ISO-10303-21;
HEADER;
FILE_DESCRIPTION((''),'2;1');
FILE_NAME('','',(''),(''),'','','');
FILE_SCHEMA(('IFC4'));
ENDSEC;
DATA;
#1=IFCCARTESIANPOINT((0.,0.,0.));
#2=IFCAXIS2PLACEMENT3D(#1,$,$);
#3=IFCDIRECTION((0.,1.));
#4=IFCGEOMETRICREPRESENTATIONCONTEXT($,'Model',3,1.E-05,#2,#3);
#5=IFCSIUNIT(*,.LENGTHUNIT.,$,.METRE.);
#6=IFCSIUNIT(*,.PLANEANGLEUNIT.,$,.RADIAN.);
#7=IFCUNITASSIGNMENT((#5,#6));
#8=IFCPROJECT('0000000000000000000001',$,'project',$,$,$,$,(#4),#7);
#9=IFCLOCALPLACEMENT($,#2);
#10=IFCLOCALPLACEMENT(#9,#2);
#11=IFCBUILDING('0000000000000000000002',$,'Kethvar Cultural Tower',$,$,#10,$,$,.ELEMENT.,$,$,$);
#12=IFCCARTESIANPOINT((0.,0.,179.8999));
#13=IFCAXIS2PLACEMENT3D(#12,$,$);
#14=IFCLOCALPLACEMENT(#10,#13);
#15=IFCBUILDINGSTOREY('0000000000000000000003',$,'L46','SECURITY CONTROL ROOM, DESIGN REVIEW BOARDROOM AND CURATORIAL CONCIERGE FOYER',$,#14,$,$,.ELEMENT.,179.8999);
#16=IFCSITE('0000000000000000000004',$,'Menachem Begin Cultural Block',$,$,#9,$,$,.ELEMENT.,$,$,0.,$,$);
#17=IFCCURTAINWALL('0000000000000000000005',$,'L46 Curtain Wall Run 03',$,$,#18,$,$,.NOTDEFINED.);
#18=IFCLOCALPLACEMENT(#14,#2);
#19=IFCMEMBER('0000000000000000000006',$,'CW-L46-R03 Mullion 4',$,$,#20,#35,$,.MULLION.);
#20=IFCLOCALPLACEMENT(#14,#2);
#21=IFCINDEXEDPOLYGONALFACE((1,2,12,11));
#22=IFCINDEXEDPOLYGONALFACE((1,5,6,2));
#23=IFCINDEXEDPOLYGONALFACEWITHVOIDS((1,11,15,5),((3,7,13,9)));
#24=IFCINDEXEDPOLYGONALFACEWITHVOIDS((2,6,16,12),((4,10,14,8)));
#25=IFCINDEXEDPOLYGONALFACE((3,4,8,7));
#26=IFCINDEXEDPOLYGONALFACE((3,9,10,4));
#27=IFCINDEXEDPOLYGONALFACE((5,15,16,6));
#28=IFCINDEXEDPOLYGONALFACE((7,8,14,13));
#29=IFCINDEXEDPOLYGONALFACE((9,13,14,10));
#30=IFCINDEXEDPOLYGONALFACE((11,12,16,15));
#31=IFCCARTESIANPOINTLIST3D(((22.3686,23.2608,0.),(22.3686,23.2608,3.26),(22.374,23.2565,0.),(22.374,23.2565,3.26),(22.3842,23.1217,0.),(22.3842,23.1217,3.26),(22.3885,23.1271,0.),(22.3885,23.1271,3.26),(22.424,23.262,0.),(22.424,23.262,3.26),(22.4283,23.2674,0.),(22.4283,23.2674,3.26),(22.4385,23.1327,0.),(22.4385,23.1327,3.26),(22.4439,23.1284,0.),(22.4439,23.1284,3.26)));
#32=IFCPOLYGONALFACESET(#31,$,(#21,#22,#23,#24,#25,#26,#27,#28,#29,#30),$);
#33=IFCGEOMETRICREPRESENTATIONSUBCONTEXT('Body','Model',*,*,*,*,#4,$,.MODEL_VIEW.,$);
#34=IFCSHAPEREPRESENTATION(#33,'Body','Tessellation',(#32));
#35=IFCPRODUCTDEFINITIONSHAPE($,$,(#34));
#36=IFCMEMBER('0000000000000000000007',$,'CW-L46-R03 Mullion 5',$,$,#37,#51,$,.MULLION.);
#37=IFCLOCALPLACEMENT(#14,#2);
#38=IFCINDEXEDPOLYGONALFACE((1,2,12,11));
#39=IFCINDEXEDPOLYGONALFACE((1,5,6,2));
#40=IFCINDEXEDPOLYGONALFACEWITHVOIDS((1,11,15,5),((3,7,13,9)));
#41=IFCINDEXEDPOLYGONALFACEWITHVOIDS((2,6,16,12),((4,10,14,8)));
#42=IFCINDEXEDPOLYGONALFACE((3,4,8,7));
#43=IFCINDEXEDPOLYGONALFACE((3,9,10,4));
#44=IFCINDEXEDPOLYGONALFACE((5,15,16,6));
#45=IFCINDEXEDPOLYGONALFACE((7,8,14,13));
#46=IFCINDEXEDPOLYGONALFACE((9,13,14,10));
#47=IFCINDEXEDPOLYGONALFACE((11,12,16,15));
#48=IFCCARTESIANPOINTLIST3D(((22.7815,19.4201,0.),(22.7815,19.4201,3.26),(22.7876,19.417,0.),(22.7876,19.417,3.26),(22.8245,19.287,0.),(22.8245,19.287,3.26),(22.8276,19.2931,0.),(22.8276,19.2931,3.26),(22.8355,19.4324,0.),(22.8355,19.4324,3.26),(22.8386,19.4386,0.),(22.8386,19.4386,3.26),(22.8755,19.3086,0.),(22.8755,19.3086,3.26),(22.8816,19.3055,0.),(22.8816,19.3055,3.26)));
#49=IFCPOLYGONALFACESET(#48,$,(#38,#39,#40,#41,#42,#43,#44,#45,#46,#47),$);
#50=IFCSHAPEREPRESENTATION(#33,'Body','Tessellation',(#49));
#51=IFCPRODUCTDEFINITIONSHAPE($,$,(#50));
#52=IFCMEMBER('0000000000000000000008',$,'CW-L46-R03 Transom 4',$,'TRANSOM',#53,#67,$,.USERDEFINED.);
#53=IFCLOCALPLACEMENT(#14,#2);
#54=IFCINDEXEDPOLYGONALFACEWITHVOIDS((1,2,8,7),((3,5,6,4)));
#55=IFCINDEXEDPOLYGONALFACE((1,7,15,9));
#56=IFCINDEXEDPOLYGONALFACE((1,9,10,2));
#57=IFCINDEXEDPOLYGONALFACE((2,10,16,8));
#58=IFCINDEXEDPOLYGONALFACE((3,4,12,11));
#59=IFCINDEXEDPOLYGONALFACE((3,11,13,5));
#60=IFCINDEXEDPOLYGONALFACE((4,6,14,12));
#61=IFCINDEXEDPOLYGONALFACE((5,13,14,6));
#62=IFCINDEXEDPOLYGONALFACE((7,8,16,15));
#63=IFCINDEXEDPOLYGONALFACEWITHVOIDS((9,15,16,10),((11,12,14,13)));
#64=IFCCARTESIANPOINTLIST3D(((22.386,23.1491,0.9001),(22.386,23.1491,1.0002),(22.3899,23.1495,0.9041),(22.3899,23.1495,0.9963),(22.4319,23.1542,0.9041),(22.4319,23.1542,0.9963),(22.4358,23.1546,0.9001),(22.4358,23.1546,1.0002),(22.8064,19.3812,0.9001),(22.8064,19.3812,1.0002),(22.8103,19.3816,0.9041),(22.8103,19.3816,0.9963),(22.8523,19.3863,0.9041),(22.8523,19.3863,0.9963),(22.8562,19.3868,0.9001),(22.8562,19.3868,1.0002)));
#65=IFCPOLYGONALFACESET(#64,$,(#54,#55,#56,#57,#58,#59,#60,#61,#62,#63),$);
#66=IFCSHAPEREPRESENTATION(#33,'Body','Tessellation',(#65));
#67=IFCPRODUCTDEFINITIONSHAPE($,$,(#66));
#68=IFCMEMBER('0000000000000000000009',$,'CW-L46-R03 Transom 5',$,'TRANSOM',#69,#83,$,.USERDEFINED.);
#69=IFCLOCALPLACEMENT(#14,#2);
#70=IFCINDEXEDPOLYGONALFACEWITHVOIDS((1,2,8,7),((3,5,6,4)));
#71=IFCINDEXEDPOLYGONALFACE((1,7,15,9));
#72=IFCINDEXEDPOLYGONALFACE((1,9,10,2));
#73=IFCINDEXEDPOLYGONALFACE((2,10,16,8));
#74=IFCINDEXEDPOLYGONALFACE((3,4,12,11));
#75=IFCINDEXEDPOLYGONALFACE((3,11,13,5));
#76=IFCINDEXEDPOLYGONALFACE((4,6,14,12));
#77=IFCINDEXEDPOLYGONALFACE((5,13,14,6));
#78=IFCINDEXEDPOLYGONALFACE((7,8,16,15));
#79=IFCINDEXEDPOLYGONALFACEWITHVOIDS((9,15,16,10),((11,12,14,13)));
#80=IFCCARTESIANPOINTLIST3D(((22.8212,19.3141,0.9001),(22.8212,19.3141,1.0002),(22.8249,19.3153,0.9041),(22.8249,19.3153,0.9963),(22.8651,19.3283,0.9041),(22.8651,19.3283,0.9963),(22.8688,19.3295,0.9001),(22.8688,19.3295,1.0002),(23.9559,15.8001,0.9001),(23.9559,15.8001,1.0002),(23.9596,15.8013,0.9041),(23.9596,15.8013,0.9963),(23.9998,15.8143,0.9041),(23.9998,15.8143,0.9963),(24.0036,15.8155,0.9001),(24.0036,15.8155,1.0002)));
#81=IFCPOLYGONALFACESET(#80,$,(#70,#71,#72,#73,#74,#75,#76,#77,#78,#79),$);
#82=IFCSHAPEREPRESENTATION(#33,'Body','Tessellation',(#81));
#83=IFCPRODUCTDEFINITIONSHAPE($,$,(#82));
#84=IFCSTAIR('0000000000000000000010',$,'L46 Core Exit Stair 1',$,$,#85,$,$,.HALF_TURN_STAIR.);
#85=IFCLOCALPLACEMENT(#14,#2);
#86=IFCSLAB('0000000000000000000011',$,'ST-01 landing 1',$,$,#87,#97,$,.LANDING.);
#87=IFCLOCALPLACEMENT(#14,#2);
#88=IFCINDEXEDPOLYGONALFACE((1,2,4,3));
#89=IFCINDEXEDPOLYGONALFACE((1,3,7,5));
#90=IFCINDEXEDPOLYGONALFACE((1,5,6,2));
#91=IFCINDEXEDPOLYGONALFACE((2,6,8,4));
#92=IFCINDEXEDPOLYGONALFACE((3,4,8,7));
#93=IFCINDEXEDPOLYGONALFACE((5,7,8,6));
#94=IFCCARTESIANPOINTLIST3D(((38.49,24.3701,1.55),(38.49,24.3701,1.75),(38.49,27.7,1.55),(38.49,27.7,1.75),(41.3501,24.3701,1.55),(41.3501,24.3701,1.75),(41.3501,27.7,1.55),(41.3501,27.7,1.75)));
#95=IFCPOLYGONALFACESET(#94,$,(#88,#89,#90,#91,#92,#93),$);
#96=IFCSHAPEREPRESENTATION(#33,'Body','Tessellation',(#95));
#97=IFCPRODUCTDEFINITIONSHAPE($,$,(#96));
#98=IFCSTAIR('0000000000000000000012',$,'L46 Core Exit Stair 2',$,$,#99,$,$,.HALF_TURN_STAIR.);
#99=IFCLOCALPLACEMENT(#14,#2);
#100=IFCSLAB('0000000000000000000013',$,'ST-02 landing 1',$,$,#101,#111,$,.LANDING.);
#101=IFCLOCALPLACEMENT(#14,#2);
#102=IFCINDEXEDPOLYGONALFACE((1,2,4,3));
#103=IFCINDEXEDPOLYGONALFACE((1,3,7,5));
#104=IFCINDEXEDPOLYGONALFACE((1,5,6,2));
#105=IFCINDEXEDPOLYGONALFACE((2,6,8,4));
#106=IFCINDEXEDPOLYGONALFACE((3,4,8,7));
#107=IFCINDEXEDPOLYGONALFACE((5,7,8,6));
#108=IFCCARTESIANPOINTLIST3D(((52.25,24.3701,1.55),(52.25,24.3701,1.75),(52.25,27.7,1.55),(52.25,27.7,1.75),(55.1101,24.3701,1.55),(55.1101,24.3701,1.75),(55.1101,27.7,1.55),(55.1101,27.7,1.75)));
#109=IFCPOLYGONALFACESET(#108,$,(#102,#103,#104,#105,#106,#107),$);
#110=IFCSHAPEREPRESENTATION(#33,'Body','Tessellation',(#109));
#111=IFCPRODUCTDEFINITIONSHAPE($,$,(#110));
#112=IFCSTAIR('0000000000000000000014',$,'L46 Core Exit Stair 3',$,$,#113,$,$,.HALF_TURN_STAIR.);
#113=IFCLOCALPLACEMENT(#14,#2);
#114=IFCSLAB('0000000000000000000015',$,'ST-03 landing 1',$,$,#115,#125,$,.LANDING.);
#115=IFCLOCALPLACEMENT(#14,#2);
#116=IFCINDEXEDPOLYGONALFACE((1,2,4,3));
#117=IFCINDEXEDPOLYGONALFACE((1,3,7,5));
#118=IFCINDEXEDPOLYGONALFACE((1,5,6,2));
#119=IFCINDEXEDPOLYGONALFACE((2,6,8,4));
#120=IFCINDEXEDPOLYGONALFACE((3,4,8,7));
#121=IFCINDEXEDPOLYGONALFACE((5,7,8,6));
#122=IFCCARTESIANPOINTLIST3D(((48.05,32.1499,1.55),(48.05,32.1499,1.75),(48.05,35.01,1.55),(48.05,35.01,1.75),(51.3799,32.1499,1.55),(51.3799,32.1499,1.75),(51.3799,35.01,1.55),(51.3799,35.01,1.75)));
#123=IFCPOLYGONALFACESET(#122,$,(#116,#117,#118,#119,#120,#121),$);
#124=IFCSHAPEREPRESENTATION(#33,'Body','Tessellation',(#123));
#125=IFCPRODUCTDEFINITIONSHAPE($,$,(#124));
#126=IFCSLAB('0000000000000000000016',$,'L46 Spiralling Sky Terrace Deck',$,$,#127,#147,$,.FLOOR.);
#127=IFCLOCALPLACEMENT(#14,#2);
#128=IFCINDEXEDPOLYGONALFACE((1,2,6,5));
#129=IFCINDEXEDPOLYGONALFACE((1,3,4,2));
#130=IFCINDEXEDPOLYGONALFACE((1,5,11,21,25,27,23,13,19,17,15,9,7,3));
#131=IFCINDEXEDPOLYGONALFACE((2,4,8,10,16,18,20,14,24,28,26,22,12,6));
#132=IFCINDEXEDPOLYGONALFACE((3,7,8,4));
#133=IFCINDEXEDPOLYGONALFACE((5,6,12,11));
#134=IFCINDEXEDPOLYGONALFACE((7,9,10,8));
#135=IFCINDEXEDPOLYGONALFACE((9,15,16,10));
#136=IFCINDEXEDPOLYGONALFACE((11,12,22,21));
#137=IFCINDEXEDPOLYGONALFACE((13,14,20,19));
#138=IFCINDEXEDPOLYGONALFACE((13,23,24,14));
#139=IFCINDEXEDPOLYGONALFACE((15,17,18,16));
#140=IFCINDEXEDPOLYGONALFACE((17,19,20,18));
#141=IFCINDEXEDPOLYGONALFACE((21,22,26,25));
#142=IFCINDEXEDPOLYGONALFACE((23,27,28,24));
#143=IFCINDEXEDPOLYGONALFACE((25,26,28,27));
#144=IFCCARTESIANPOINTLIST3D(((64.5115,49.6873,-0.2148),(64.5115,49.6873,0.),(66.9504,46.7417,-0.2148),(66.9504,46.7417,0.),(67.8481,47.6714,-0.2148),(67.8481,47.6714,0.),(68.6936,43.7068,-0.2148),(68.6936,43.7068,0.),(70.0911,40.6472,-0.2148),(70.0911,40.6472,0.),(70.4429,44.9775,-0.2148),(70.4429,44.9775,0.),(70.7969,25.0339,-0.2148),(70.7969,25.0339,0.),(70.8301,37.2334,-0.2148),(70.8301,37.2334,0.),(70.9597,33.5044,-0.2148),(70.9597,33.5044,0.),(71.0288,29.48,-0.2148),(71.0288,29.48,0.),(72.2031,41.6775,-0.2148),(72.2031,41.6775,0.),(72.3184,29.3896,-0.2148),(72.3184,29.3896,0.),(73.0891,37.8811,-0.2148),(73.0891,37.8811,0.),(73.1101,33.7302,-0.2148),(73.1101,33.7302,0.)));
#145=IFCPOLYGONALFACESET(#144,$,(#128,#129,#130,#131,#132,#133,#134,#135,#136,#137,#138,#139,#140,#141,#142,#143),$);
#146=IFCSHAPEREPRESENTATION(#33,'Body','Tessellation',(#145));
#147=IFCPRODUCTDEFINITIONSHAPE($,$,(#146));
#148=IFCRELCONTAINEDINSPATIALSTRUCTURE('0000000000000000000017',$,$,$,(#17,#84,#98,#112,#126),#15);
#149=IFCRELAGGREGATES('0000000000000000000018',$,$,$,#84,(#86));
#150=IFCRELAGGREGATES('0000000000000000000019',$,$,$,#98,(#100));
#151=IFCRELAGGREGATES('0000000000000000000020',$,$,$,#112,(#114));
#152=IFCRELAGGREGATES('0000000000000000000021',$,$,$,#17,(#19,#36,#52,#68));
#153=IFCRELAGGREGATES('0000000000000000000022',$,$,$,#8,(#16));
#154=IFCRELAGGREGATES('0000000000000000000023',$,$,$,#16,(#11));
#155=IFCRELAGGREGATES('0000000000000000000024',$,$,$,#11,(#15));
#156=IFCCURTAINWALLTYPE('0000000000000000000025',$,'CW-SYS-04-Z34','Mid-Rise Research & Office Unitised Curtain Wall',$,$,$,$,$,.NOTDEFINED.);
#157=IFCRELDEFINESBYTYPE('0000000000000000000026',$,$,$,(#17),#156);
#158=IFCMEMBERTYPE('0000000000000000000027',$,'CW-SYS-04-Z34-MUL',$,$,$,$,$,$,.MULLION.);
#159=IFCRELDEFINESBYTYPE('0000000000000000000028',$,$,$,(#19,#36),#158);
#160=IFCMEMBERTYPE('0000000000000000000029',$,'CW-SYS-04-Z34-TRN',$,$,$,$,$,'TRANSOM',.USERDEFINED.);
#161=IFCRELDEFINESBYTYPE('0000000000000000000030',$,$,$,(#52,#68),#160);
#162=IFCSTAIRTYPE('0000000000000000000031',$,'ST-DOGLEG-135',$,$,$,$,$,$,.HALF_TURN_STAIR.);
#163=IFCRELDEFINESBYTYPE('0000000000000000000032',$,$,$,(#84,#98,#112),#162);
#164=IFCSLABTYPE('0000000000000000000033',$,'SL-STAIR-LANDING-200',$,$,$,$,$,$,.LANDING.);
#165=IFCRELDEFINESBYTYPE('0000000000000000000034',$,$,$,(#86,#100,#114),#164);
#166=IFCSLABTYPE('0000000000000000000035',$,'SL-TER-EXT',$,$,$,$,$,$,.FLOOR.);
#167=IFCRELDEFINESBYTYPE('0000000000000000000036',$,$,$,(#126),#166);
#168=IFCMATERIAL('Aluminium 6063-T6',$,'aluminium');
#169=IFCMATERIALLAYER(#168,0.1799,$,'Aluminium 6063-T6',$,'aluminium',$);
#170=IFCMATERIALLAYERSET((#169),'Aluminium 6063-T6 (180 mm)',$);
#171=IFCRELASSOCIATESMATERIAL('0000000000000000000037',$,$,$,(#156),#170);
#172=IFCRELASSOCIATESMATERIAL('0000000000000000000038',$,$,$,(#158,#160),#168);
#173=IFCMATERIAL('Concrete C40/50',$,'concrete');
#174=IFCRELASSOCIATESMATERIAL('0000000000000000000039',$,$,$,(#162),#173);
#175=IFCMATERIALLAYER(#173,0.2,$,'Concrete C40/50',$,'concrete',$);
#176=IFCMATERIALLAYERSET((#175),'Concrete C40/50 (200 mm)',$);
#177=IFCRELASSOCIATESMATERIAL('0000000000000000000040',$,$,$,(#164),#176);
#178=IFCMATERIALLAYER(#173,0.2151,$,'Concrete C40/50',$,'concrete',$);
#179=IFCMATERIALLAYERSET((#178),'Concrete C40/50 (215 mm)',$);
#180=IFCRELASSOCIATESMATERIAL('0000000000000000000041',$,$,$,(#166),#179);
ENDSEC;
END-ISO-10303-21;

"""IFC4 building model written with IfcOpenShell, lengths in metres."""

from ifc_helpers import new_model, si_unit, direction, frame, origin, origin_2d, place, context, subcontext, project, spatial, polyline, hollow_rectangle, outline, extrude, source, transform, mapped, material, layer, layer_set, material_profile, profile_set, type_object, element, aggregate, save


model = new_model("IFC4")

# Units and contexts
model_context = context("Model", 3, precision=1e-05, world=origin(), true_north=direction((0.0, 1.0)))
body_context = subcontext(model_context, "Body", "Model", "MODEL_VIEW")
ifc_project = project(units=[si_unit("LENGTHUNIT", "METRE"), si_unit("PLANEANGLEUNIT", "RADIAN")], contexts=[model_context])

# Site, building, storey
site_placement = place(None, origin())
site = spatial("IfcSite", under=ifc_project, at=site_placement, Name="Menachem Begin Cultural Block", CompositionType="ELEMENT", RefElevation=0.0)
building_placement = place(site_placement, origin())
building = spatial("IfcBuilding", under=site, at=building_placement, Name="Kethvar Cultural Tower", CompositionType="ELEMENT")
storey_placement = place(building_placement, frame((0.0, 0.0, 179.8999)))
storey = spatial("IfcBuildingStorey", under=building, at=storey_placement, Name="L46", Description="SECURITY CONTROL ROOM, DESIGN REVIEW BOARDROOM AND CURATORIAL CONCIERGE FOYER", CompositionType="ELEMENT", Elevation=179.8999)

# Curtain wall, members
ifc_material_1 = material(Name="Aluminium 6063-T6", Category="aluminium")
ifc_layer_1 = layer(ifc_material_1, 0.1799, Name="Aluminium 6063-T6", Category="aluminium")
ifc_layer_set_1 = layer_set([ifc_layer_1], Name="Aluminium 6063-T6 (180 mm)")
curtain_wall_type = type_object("IfcCurtainWallType", Name="CW-SYS-04-Z34", Description="Mid-Rise Research & Office Unitised Curtain Wall", PredefinedType="NOTDEFINED", material=ifc_layer_set_1)
curtain_wall_placement = place(storey_placement, origin())
curtain_wall = element("IfcCurtainWall", 1, at=curtain_wall_placement, inside=storey, type_object=curtain_wall_type, Name="L46 Curtain Wall Run 03", PredefinedType="NOTDEFINED")
ifc_material_profile_1 = material_profile(ifc_material_1, hollow_rectangle(XDim=0.0601, YDim=0.1399, WallThickness=0.0049, at=origin_2d()), Name="Aluminium 6063-T6 — RHS140x60x5")
ifc_profile_set_1 = profile_set([ifc_material_profile_1], Name="Aluminium 6063-T6 — RHS140x60x5")
member_type_1 = type_object("IfcMemberType", Name="CW-SYS-04-Z34-MUL", PredefinedType="MULLION", material=ifc_profile_set_1)
shared_shape_1 = source(origin(), body_context, "Body", "SweptSolid", [
    extrude(hollow_rectangle(XDim=0.0601, YDim=0.1399, WallThickness=0.0049, at=origin_2d()), origin(), (0.0, 0.0, 1.0), 3.26),
])
member_1_placement = place(storey_placement, frame((22.4062, 23.1946, 0.0), z_axis=(0.0, 0.0, 1.0), x_axis=(0.993832, 0.110897, 0.0)))
member_1 = element("IfcMember", 2, at=member_1_placement, type_object=member_type_1, Name="CW-L46-R03 Mullion 4", PredefinedType="MULLION", context=body_context, shape_type="MappedRepresentation", body=[
    mapped(shared_shape_1, transform((0.0, 0.0, 0.0), scale=1.0)),
])
member_2_placement = place(storey_placement, frame((22.8315, 19.3628, 0.0), z_axis=(0.0, 0.0, 1.0), x_axis=(0.951594, 0.307357, 0.0)))
member_2 = element("IfcMember", 3, at=member_2_placement, type_object=member_type_1, Name="CW-L46-R03 Mullion 5", PredefinedType="MULLION", context=body_context, shape_type="MappedRepresentation", body=[
    mapped(shared_shape_1, transform((0.0, 0.0, 0.0), scale=1.0)),
])
ifc_material_profile_2 = material_profile(ifc_material_1, hollow_rectangle(XDim=0.05, YDim=0.1001, WallThickness=0.0039, at=origin_2d()), Name="Aluminium 6063-T6 — RHS100x50x4")
ifc_profile_set_2 = profile_set([ifc_material_profile_2], Name="Aluminium 6063-T6 — RHS100x50x4")
member_type_2 = type_object("IfcMemberType", Name="CW-SYS-04-Z34-TRN", ElementType="TRANSOM", PredefinedType="USERDEFINED", material=ifc_profile_set_2)
shared_shape_2 = source(origin(), body_context, "Body", "SweptSolid", [
    extrude(hollow_rectangle(XDim=0.05, YDim=0.1001, WallThickness=0.0039, at=origin_2d()), origin(), (0.0, 0.0, 1.0), 3.7913),
])
member_3_placement = place(storey_placement, frame((22.4109, 23.1519, 0.9502), z_axis=(0.110891, -0.993833, 0.0), x_axis=(0.993833, 0.110891, 0.0)))
member_3 = element("IfcMember", 4, at=member_3_placement, type_object=member_type_2, Name="CW-L46-R03 Transom 4", ObjectType="TRANSOM", PredefinedType="USERDEFINED", context=body_context, shape_type="MappedRepresentation", body=[
    mapped(shared_shape_2, transform((0.0, 0.0, 0.0), scale=1.0)),
])
shared_shape_3 = source(origin(), body_context, "Body", "SweptSolid", [
    extrude(hollow_rectangle(XDim=0.05, YDim=0.1001, WallThickness=0.0039, at=origin_2d()), origin(), (0.0, 0.0, 1.0), 3.6926),
])
member_4_placement = place(storey_placement, frame((22.845, 19.3218, 0.9502), z_axis=(0.307308, -0.95161, 0.0), x_axis=(0.95161, 0.307308, 0.0)))
member_4 = element("IfcMember", 5, at=member_4_placement, type_object=member_type_2, Name="CW-L46-R03 Transom 5", ObjectType="TRANSOM", PredefinedType="USERDEFINED", context=body_context, shape_type="MappedRepresentation", body=[
    mapped(shared_shape_3, transform((0.0, 0.0, 0.0), scale=1.0)),
])

# Stairs, slabs
ifc_material_2 = material(Name="Concrete C40/50", Category="concrete")
stair_type = type_object("IfcStairType", Name="ST-DOGLEG-135", PredefinedType="HALF_TURN_STAIR", material=ifc_material_2)
stair_1_placement = place(storey_placement, origin())
stair_1 = element("IfcStair", 6, at=stair_1_placement, inside=storey, type_object=stair_type, Name="L46 Core Exit Stair 1", PredefinedType="HALF_TURN_STAIR")
ifc_layer_2 = layer(ifc_material_2, 0.2, Name="Concrete C40/50", Category="concrete")
ifc_layer_set_2 = layer_set([ifc_layer_2], Name="Concrete C40/50 (200 mm)")
slab_type_1 = type_object("IfcSlabType", Name="SL-STAIR-LANDING-200", PredefinedType="LANDING", material=ifc_layer_set_2)
slab_1_placement = place(storey_placement, frame((0.0, 0.0, 1.55)))
slab_1 = element("IfcSlab", 7, at=slab_1_placement, type_object=slab_type_1, Name="ST-01 landing 1", PredefinedType="LANDING", context=body_context, shape_type="SweptSolid", body=[
    extrude(outline(polyline([(41.3501, 24.3701), (41.3501, 27.7), (38.49, 27.7), (38.49, 24.3701), (41.3501, 24.3701)])), origin(), (0.0, 0.0, 1.0), 0.2),
])
aggregate(stair_1, [slab_1])
stair_2_placement = place(storey_placement, origin())
stair_2 = element("IfcStair", 8, at=stair_2_placement, inside=storey, type_object=stair_type, Name="L46 Core Exit Stair 2", PredefinedType="HALF_TURN_STAIR")
slab_2_placement = place(storey_placement, frame((0.0, 0.0, 1.55)))
slab_2 = element("IfcSlab", 9, at=slab_2_placement, type_object=slab_type_1, Name="ST-02 landing 1", PredefinedType="LANDING", context=body_context, shape_type="SweptSolid", body=[
    extrude(outline(polyline([(55.1101, 24.3701), (55.1101, 27.7), (52.25, 27.7), (52.25, 24.3701), (55.1101, 24.3701)])), origin(), (0.0, 0.0, 1.0), 0.2),
])
aggregate(stair_2, [slab_2])
stair_3_placement = place(storey_placement, origin())
stair_3 = element("IfcStair", 10, at=stair_3_placement, inside=storey, type_object=stair_type, Name="L46 Core Exit Stair 3", PredefinedType="HALF_TURN_STAIR")
slab_3_placement = place(storey_placement, frame((0.0, 0.0, 1.55)))
slab_3 = element("IfcSlab", 11, at=slab_3_placement, type_object=slab_type_1, Name="ST-03 landing 1", PredefinedType="LANDING", context=body_context, shape_type="SweptSolid", body=[
    extrude(outline(polyline([(51.3799, 35.01), (48.05, 35.01), (48.05, 32.1499), (51.3799, 32.1499), (51.3799, 35.01)])), origin(), (0.0, 0.0, 1.0), 0.2),
])
aggregate(stair_3, [slab_3])

# Slab
ifc_layer_3 = layer(ifc_material_2, 0.2151, Name="Concrete C40/50", Category="concrete")
ifc_layer_set_3 = layer_set([ifc_layer_3], Name="Concrete C40/50 (215 mm)")
slab_type_2 = type_object("IfcSlabType", Name="SL-TER-EXT", PredefinedType="FLOOR", material=ifc_layer_set_3)
slab_4_placement = place(storey_placement, frame((0.0, 0.0, -0.2148)))
element("IfcSlab", 12, at=slab_4_placement, inside=storey, type_object=slab_type_2, Name="L46 Spiralling Sky Terrace Deck", PredefinedType="FLOOR", context=body_context, shape_type="SweptSolid", body=[
    extrude(outline(polyline([(70.7969, 25.0339), (72.3184, 29.3896), (73.1101, 33.7302), (73.0891, 37.8811), (72.2031, 41.6775), (70.4429, 44.9775), (67.8481, 47.6714), (64.5115, 49.6873), (66.9504, 46.7417), (68.6936, 43.7068), (70.0911, 40.6472), (70.8301, 37.2334), (70.9597, 33.5044), (71.0288, 29.48), (70.7969, 25.0339)])), origin(), (0.0, 0.0, 1.0), 0.2148),
])

aggregate(curtain_wall, [member_1, member_2, member_3, member_4])

save(model, "model.ifc")
